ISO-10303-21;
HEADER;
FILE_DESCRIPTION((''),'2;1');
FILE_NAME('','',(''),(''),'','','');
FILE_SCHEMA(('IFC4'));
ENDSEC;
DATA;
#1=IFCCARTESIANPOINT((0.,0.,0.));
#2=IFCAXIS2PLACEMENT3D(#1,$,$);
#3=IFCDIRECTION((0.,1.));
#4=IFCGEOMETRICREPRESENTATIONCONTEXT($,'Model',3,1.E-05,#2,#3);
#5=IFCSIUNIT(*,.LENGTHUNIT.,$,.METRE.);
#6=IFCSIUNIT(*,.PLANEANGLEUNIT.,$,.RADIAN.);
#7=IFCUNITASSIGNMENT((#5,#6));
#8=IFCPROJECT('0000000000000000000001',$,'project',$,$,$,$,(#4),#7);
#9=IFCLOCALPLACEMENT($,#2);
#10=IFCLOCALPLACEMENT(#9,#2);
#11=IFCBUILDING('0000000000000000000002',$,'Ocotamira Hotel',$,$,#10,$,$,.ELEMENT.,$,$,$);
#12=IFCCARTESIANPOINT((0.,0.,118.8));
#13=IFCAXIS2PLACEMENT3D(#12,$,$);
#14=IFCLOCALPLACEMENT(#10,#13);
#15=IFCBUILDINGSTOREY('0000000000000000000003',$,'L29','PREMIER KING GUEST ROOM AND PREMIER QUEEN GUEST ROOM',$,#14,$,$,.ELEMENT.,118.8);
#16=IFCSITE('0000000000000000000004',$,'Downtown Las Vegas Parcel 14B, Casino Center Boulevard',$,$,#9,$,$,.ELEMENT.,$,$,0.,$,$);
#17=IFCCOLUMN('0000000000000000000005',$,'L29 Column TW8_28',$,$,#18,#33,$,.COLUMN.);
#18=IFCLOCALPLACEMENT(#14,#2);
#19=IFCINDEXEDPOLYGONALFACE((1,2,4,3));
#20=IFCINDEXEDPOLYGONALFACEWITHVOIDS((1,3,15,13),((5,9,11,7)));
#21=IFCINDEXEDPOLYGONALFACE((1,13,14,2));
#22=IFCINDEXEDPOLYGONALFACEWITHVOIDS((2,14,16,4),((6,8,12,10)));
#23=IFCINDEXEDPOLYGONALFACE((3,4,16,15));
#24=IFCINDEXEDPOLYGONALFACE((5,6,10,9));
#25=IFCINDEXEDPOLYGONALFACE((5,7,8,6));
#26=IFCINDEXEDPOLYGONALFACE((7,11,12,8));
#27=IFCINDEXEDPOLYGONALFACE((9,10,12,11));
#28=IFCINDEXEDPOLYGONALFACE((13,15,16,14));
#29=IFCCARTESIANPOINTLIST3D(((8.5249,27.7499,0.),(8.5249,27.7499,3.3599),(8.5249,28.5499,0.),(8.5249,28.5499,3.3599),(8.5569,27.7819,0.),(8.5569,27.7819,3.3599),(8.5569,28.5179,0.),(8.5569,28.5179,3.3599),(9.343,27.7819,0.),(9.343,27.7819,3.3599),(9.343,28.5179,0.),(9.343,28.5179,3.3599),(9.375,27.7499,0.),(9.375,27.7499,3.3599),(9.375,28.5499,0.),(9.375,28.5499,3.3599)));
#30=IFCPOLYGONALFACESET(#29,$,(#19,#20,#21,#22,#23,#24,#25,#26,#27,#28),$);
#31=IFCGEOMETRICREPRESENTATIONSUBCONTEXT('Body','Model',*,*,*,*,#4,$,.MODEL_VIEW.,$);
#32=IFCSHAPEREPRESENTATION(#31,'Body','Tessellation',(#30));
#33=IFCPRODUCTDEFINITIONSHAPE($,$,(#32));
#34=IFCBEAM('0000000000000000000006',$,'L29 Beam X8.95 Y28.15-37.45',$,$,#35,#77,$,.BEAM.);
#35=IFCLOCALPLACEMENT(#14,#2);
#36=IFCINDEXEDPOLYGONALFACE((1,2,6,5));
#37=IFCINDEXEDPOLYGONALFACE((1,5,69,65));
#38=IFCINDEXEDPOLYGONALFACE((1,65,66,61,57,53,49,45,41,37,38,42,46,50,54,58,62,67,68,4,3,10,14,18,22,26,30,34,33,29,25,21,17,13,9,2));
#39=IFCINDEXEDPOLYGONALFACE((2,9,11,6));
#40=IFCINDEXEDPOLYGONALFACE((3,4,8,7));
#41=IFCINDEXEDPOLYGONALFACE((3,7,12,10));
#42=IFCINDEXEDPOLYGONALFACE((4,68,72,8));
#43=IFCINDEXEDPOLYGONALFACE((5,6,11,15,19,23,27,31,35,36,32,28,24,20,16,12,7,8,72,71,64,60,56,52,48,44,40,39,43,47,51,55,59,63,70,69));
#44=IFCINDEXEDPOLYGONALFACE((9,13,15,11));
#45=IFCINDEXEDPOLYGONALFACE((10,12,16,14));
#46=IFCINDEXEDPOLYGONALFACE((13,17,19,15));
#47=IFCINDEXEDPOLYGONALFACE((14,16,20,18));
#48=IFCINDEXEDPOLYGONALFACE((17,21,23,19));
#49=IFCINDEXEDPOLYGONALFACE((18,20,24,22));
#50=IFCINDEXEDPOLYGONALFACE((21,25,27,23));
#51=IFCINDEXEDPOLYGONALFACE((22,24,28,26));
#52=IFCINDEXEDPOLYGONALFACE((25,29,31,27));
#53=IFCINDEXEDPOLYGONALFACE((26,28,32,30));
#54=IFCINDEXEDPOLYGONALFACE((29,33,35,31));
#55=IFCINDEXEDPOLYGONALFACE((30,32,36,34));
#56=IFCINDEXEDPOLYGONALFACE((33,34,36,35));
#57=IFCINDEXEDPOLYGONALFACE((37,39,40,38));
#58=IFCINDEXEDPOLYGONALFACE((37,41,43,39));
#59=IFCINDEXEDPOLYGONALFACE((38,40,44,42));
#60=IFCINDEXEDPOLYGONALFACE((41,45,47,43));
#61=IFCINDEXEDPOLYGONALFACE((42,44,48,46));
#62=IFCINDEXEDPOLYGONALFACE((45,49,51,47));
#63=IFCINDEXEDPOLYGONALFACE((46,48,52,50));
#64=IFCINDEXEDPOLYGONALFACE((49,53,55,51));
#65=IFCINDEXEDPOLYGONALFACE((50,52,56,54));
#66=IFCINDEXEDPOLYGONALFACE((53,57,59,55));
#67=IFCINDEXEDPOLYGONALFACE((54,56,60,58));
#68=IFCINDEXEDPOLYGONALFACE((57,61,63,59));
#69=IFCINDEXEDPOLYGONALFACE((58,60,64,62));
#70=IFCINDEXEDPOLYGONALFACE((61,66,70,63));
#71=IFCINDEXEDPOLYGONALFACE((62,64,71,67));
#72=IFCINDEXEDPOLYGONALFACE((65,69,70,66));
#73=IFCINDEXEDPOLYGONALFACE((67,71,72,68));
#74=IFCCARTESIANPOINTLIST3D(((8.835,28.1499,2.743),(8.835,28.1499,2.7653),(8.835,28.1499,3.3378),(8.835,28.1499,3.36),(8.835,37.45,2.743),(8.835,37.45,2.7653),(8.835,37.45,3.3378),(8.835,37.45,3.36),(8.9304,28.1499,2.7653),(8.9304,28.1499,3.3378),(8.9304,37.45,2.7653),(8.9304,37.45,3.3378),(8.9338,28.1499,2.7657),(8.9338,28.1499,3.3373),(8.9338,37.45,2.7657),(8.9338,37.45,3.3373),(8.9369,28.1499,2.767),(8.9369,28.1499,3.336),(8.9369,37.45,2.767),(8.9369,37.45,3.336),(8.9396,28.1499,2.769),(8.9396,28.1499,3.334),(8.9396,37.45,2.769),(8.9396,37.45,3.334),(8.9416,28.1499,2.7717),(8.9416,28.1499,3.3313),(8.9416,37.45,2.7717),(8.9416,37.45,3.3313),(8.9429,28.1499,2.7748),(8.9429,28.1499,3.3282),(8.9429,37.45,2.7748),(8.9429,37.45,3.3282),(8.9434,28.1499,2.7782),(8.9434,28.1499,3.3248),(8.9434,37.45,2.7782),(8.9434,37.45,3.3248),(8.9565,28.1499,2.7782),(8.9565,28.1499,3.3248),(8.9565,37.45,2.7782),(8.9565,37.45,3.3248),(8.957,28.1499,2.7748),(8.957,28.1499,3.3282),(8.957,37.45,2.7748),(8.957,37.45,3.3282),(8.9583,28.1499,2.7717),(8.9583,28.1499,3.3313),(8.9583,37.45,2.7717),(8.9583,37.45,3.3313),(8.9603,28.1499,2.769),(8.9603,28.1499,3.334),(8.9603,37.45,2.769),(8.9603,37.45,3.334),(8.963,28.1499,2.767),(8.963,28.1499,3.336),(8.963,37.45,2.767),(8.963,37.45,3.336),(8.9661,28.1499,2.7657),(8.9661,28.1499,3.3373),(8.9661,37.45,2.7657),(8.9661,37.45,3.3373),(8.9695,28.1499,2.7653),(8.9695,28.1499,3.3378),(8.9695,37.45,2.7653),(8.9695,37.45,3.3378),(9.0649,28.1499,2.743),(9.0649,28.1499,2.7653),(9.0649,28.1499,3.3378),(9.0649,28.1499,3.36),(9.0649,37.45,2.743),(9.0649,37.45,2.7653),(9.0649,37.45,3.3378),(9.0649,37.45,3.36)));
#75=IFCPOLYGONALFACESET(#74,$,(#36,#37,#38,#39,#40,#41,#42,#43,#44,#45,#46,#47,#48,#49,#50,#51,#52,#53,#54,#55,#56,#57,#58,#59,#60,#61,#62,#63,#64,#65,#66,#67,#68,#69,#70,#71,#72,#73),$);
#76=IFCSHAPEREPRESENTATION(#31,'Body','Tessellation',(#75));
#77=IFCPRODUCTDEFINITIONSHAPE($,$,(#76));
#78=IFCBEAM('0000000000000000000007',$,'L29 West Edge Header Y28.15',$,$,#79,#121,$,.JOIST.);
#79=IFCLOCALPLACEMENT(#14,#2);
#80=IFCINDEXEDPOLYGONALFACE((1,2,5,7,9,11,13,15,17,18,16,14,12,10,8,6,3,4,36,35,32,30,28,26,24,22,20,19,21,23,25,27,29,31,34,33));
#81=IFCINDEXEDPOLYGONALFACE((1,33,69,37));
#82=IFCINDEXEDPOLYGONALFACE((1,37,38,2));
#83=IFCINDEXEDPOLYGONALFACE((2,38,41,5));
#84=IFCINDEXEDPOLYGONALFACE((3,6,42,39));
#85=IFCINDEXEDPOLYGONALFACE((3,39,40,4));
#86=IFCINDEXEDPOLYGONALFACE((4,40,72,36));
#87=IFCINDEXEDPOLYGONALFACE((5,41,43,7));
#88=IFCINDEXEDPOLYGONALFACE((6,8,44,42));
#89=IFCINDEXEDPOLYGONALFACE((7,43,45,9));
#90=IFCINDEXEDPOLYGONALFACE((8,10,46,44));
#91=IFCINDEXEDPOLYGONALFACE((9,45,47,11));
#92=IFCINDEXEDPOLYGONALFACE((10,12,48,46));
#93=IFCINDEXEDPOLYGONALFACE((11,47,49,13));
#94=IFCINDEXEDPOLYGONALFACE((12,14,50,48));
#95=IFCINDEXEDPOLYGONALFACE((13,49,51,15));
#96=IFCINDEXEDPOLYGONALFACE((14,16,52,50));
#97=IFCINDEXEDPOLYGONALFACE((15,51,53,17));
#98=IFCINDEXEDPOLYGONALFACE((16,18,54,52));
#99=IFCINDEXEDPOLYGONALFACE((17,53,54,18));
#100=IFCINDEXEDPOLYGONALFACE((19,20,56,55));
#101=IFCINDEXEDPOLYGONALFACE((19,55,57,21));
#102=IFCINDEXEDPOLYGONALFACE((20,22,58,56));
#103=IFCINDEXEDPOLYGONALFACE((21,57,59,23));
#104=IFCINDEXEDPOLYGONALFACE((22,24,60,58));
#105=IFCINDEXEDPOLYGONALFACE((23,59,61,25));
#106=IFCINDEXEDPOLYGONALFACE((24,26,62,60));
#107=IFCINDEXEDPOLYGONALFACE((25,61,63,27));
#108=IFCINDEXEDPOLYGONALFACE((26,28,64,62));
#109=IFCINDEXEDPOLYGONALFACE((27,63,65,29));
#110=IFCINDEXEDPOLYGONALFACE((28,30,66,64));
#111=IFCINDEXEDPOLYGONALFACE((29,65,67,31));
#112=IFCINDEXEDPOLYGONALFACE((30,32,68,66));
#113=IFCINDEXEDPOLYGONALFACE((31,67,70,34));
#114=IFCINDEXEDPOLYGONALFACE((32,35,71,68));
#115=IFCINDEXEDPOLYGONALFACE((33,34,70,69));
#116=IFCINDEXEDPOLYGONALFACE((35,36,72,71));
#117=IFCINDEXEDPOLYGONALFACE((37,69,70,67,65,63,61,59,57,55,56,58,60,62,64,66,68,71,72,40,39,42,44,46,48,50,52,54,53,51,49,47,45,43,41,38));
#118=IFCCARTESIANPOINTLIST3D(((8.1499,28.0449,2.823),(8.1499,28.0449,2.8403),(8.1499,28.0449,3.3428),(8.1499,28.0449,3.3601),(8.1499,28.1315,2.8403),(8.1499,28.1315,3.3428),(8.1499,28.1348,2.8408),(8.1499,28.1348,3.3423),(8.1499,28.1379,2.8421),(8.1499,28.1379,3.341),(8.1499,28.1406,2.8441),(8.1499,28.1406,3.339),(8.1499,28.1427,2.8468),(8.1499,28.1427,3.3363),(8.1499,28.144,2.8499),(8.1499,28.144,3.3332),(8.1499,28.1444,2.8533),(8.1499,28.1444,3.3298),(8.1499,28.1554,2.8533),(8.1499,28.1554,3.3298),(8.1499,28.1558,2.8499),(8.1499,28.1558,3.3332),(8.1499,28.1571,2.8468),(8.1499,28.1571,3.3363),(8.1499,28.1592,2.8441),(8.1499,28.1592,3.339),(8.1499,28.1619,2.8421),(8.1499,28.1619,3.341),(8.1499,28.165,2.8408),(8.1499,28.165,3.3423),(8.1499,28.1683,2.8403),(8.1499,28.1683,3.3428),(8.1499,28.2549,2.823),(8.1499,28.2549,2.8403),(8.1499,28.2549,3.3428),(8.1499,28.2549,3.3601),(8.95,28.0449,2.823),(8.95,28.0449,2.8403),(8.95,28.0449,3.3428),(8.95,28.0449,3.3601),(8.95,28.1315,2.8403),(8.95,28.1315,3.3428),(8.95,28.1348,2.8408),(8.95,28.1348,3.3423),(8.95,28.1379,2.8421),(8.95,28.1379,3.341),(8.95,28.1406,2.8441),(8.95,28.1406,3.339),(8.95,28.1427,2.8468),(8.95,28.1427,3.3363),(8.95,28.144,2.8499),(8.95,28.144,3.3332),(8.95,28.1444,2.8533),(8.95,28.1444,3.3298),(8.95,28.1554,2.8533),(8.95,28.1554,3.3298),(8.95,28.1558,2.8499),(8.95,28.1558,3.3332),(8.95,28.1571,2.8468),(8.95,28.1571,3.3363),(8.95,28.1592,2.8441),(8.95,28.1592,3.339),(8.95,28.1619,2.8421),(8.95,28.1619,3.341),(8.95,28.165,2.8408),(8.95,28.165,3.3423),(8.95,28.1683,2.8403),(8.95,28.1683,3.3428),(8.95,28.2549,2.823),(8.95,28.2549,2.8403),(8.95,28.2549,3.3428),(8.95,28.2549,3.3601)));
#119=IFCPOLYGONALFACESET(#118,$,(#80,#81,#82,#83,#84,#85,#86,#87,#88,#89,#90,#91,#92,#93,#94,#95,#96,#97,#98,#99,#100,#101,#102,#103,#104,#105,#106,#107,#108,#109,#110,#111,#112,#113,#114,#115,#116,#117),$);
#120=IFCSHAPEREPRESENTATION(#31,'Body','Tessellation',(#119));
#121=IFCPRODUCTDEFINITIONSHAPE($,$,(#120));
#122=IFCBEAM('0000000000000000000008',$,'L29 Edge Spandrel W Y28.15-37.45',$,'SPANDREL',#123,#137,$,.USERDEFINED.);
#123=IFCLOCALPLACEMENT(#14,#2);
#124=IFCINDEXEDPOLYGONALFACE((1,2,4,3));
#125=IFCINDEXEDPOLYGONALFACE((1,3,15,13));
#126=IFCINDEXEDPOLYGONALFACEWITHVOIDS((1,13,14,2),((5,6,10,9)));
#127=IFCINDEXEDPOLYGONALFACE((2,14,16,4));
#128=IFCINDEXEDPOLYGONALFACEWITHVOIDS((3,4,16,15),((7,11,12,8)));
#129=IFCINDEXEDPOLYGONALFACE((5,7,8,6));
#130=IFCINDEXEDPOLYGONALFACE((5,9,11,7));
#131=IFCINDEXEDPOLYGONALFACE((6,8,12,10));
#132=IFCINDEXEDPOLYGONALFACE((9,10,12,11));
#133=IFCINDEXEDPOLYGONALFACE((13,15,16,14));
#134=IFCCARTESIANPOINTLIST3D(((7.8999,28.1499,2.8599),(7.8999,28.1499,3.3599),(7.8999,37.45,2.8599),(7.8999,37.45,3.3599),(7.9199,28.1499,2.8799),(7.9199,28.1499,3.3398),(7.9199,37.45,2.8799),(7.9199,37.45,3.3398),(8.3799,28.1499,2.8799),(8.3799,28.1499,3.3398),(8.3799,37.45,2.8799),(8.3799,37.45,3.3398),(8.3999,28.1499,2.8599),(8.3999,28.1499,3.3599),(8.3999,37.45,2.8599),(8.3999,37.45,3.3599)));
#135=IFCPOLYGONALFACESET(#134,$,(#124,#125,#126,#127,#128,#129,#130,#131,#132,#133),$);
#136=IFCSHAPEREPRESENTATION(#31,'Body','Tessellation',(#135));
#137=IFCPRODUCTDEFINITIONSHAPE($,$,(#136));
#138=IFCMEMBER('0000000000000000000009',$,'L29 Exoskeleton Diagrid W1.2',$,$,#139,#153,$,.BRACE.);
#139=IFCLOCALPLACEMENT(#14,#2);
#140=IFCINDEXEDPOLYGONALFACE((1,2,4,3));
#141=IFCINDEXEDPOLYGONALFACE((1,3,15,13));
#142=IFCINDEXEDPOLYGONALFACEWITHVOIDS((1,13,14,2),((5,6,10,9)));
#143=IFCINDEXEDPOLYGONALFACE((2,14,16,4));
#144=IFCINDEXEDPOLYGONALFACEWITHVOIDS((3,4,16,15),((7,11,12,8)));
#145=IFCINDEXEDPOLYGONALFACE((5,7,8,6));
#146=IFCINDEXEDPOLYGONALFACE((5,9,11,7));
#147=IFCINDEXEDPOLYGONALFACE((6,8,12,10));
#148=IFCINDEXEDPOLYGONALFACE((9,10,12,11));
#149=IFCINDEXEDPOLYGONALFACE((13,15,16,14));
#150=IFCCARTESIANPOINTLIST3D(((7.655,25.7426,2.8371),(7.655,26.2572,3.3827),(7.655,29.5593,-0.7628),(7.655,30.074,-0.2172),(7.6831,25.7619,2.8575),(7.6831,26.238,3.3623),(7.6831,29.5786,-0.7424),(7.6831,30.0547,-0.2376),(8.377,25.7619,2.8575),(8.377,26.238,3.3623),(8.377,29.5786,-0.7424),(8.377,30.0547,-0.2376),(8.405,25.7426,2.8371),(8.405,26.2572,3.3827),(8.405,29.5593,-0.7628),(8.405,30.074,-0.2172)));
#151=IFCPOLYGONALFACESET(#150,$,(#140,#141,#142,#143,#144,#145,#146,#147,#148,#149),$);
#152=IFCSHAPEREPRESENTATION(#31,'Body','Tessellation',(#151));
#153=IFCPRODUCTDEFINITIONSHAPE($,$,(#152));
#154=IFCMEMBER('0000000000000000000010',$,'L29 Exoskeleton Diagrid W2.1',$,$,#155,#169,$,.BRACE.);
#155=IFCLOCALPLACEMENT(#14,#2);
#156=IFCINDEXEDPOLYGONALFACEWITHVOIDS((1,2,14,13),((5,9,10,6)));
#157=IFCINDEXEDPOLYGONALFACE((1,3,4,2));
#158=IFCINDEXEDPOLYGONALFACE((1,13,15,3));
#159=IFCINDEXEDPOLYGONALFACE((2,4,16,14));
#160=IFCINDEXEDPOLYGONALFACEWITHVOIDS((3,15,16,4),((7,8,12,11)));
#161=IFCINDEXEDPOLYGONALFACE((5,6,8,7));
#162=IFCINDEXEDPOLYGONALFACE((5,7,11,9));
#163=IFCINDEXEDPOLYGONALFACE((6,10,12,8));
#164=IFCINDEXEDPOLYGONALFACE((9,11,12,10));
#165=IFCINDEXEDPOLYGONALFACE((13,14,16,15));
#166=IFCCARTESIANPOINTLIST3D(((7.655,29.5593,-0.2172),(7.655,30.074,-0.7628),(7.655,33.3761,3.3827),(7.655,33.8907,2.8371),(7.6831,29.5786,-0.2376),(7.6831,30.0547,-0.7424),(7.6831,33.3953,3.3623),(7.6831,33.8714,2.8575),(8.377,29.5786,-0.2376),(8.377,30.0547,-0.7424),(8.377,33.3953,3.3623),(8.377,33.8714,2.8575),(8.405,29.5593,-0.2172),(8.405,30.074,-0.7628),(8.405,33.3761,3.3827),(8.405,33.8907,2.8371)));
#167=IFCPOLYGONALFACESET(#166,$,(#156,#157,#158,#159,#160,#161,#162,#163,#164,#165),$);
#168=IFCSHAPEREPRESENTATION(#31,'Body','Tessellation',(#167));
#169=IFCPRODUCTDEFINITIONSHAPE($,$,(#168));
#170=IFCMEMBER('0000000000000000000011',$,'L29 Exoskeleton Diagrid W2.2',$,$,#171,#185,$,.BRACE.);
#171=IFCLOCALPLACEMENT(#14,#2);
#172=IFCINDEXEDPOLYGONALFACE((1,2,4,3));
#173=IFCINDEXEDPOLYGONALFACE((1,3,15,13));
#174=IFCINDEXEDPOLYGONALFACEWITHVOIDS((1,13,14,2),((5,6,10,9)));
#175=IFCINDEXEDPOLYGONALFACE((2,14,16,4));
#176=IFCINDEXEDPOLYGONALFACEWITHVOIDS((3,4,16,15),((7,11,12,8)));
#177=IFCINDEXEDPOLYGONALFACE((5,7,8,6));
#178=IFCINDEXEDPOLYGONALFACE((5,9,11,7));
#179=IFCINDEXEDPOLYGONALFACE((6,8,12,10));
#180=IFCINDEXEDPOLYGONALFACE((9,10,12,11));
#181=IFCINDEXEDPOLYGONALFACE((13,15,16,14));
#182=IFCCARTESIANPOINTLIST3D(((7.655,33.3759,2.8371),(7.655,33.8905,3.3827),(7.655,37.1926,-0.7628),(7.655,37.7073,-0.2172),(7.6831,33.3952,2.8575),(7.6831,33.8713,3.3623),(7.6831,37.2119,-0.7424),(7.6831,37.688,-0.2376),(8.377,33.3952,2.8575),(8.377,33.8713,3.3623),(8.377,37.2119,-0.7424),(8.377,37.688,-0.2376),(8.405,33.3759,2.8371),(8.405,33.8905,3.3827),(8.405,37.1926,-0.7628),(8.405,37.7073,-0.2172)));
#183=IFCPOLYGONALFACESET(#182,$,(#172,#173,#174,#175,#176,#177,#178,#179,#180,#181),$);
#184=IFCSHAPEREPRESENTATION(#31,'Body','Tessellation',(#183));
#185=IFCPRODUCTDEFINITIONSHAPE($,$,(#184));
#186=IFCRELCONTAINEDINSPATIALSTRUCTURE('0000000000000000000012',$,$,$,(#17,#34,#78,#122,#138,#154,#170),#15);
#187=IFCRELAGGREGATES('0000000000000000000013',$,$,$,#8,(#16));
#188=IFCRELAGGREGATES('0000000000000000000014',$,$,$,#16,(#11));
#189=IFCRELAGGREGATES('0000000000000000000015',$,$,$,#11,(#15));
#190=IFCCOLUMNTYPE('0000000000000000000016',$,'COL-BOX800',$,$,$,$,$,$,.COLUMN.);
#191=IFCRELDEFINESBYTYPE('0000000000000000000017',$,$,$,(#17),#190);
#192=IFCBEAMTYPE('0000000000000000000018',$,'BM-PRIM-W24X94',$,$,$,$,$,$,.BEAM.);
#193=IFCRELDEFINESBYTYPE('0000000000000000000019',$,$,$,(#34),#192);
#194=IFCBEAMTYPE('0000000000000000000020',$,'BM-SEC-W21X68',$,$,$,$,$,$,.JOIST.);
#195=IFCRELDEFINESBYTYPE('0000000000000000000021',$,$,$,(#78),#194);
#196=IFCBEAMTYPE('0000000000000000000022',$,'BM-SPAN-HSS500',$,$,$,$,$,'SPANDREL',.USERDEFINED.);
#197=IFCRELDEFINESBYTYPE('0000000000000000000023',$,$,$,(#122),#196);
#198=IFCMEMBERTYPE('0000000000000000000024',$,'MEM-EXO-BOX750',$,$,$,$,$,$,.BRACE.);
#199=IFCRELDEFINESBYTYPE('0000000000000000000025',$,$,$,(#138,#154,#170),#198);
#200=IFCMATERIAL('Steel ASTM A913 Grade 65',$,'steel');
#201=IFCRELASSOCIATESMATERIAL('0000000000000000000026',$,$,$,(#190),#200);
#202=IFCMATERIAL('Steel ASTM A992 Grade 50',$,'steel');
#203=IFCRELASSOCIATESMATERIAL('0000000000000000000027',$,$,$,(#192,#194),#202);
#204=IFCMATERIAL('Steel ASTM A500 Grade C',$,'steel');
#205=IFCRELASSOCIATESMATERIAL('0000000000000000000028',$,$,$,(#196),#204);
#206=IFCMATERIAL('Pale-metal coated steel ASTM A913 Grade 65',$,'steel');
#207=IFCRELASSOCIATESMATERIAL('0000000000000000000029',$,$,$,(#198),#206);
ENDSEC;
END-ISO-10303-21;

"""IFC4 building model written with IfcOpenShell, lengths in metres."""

from ifc_helpers import new_model, si_unit, direction, frame, origin, origin_2d, place, context, subcontext, project, spatial, hollow_rectangle, i_section, extrude, source, transform, mapped, material, material_profile, profile_set, type_object, element, save


model = new_model("IFC4")

# Units and contexts
model_context = context("Model", 3, precision=1e-05, world=origin(), true_north=direction((0.0, 1.0)))
body_context = subcontext(model_context, "Body", "Model", "MODEL_VIEW")
ifc_project = project(units=[si_unit("LENGTHUNIT", "METRE"), si_unit("PLANEANGLEUNIT", "RADIAN")], contexts=[model_context])

# Site, building, storey
site_placement = place(None, origin())
site = spatial("IfcSite", under=ifc_project, at=site_placement, Name="Downtown Las Vegas Parcel 14B, Casino Center Boulevard", CompositionType="ELEMENT", RefElevation=0.0)
building_placement = place(site_placement, origin())
building = spatial("IfcBuilding", under=site, at=building_placement, Name="Ocotamira Hotel", CompositionType="ELEMENT")
storey_placement = place(building_placement, frame((0.0, 0.0, 118.8)))
storey = spatial("IfcBuildingStorey", under=building, at=storey_placement, Name="L29", Description="PREMIER KING GUEST ROOM AND PREMIER QUEEN GUEST ROOM", CompositionType="ELEMENT", Elevation=118.8)

# Column
ifc_material_1 = material(Name="Steel ASTM A913 Grade 65", Category="steel")
ifc_material_profile_1 = material_profile(ifc_material_1, hollow_rectangle(XDim=0.8501, YDim=0.8, WallThickness=0.032, at=origin_2d()), Name="BOX800X850X32")
ifc_profile_set_1 = profile_set([ifc_material_profile_1], Name="Steel ASTM A913 Grade 65")
column_type = type_object("IfcColumnType", Name="COL-BOX800", PredefinedType="COLUMN", material=ifc_profile_set_1)
shared_shape_1 = source(origin(), body_context, "Body", "SweptSolid", [
    extrude(hollow_rectangle(XDim=0.8501, YDim=0.8, WallThickness=0.032, at=origin_2d()), origin(), (0.0, 0.0, 1.0), 3.3599),
])
column_placement = place(storey_placement, frame((8.95, 28.1499, 0.0), z_axis=(0.0, 0.0, 1.0), x_axis=(1.0, 0.0, 0.0)))
element("IfcColumn", 1, at=column_placement, inside=storey, type_object=column_type, Name="L29 Column TW8_28", PredefinedType="COLUMN", context=body_context, shape_type="MappedRepresentation", body=[
    mapped(shared_shape_1, transform((0.0, 0.0, 0.0), scale=1.0)),
])

# Beams
ifc_material_2 = material(Name="Steel ASTM A992 Grade 50", Category="steel")
ifc_material_profile_2 = material_profile(ifc_material_2, i_section(OverallWidth=0.23, OverallDepth=0.6169, WebThickness=0.0132, FlangeThickness=0.0222, FilletRadius=0.0129, at=origin_2d()), Name="W24X94")
ifc_profile_set_2 = profile_set([ifc_material_profile_2], Name="Steel ASTM A992 Grade 50")
beam_type_1 = type_object("IfcBeamType", Name="BM-PRIM-W24X94", PredefinedType="BEAM", material=ifc_profile_set_2)
shared_shape_2 = source(origin(), body_context, "Body", "SweptSolid", [
    extrude(i_section(OverallWidth=0.23, OverallDepth=0.6169, WebThickness=0.0132, FlangeThickness=0.0222, FilletRadius=0.0129, at=origin_2d()), origin(), (0.0, 0.0, 1.0), 9.3),
])
beam_1_placement = place(storey_placement, frame((8.95, 28.1499, 3.0515), z_axis=(0.0, 1.0, 0.0), x_axis=(-1.0, 0.0, 0.0)))
element("IfcBeam", 2, at=beam_1_placement, inside=storey, type_object=beam_type_1, Name="L29 Beam X8.95 Y28.15-37.45", PredefinedType="BEAM", context=body_context, shape_type="MappedRepresentation", body=[
    mapped(shared_shape_2, transform((0.0, 0.0, 0.0), scale=1.0)),
])
ifc_material_profile_3 = material_profile(ifc_material_2, i_section(OverallWidth=0.21, OverallDepth=0.5371, WebThickness=0.011, FlangeThickness=0.0173, FilletRadius=0.0129, at=origin_2d()), Name="W21X68")
ifc_profile_set_3 = profile_set([ifc_material_profile_3], Name="Steel ASTM A992 Grade 50")
beam_type_2 = type_object("IfcBeamType", Name="BM-SEC-W21X68", PredefinedType="JOIST", material=ifc_profile_set_3)
shared_shape_3 = source(origin(), body_context, "Body", "SweptSolid", [
    extrude(i_section(OverallWidth=0.21, OverallDepth=0.5371, WebThickness=0.011, FlangeThickness=0.0173, FilletRadius=0.0129, at=origin_2d()), origin(), (0.0, 0.0, 1.0), 0.8),
])
beam_2_placement = place(storey_placement, frame((8.95, 28.1499, 3.0916), z_axis=(-1.0, 0.0, 0.0), x_axis=(0.0, -1.0, 0.0)))
element("IfcBeam", 3, at=beam_2_placement, inside=storey, type_object=beam_type_2, Name="L29 West Edge Header Y28.15", PredefinedType="JOIST", context=body_context, shape_type="MappedRepresentation", body=[
    mapped(shared_shape_3, transform((0.0, 0.0, 0.0), scale=1.0)),
])
ifc_material_3 = material(Name="Steel ASTM A500 Grade C", Category="steel")
ifc_material_profile_4 = material_profile(ifc_material_3, hollow_rectangle(XDim=0.5, YDim=0.5, WallThickness=0.02, at=origin_2d()), Name="HSS500X500X20")
ifc_profile_set_4 = profile_set([ifc_material_profile_4], Name="Steel ASTM A500 Grade C")
beam_type_3 = type_object("IfcBeamType", Name="BM-SPAN-HSS500", ElementType="SPANDREL", PredefinedType="USERDEFINED", material=ifc_profile_set_4)
shared_shape_4 = source(origin(), body_context, "Body", "SweptSolid", [
    extrude(hollow_rectangle(XDim=0.5, YDim=0.5, WallThickness=0.02, at=origin_2d()), origin(), (0.0, 0.0, 1.0), 9.3),
])
beam_3_placement = place(storey_placement, frame((8.1499, 28.1499, 3.1099), z_axis=(0.0, 1.0, 0.0), x_axis=(-1.0, 0.0, 0.0)))
element("IfcBeam", 4, at=beam_3_placement, inside=storey, type_object=beam_type_3, Name="L29 Edge Spandrel W Y28.15-37.45", ObjectType="SPANDREL", PredefinedType="USERDEFINED", context=body_context, shape_type="MappedRepresentation", body=[
    mapped(shared_shape_4, transform((0.0, 0.0, 0.0), scale=1.0)),
])

# Members
ifc_material_4 = material(Name="Pale-metal coated steel ASTM A913 Grade 65", Category="steel")
ifc_material_profile_5 = material_profile(ifc_material_4, hollow_rectangle(XDim=0.75, YDim=0.75, WallThickness=0.0281, at=origin_2d()), Name="BOX750X750X28")
ifc_profile_set_5 = profile_set([ifc_material_profile_5], Name="Pale-metal coated steel ASTM A913 Grade 65")
member_type_1 = type_object("IfcMemberType", Name="MEM-EXO-BOX750", PredefinedType="BRACE", material=ifc_profile_set_5)
shared_shape_5 = source(origin(), body_context, "Body", "SweptSolid", [
    extrude(hollow_rectangle(XDim=0.75, YDim=0.75, WallThickness=0.0281, at=origin_2d()), origin(), (0.0, 0.0, 1.0), 5.2466),
])
for number, where, z_axis, x_axis, name in (
    (5, (8.03, 29.8167, -0.49), (0.0, -0.727466, 0.686144), (1.0, 0.0, 0.0), "L29 Exoskeleton Diagrid W1.2"),
    (6, (8.03, 29.8167, -0.49), (0.0, 0.727466, 0.686144), (-1.0, 0.0, 0.0), "L29 Exoskeleton Diagrid W2.1"),
    (7, (8.03, 37.45, -0.49), (0.0, -0.727466, 0.686144), (1.0, 0.0, 0.0), "L29 Exoskeleton Diagrid W2.2"),
):
    element("IfcMember", number, at=place(storey_placement, frame(where, z_axis=z_axis, x_axis=x_axis)), inside=storey, type_object=member_type_1, Name=name, PredefinedType="BRACE", context=body_context, shape_type="MappedRepresentation", body=[
        mapped(shared_shape_5, transform((0.0, 0.0, 0.0), scale=1.0)),
    ])

save(model, "model.ifc")
